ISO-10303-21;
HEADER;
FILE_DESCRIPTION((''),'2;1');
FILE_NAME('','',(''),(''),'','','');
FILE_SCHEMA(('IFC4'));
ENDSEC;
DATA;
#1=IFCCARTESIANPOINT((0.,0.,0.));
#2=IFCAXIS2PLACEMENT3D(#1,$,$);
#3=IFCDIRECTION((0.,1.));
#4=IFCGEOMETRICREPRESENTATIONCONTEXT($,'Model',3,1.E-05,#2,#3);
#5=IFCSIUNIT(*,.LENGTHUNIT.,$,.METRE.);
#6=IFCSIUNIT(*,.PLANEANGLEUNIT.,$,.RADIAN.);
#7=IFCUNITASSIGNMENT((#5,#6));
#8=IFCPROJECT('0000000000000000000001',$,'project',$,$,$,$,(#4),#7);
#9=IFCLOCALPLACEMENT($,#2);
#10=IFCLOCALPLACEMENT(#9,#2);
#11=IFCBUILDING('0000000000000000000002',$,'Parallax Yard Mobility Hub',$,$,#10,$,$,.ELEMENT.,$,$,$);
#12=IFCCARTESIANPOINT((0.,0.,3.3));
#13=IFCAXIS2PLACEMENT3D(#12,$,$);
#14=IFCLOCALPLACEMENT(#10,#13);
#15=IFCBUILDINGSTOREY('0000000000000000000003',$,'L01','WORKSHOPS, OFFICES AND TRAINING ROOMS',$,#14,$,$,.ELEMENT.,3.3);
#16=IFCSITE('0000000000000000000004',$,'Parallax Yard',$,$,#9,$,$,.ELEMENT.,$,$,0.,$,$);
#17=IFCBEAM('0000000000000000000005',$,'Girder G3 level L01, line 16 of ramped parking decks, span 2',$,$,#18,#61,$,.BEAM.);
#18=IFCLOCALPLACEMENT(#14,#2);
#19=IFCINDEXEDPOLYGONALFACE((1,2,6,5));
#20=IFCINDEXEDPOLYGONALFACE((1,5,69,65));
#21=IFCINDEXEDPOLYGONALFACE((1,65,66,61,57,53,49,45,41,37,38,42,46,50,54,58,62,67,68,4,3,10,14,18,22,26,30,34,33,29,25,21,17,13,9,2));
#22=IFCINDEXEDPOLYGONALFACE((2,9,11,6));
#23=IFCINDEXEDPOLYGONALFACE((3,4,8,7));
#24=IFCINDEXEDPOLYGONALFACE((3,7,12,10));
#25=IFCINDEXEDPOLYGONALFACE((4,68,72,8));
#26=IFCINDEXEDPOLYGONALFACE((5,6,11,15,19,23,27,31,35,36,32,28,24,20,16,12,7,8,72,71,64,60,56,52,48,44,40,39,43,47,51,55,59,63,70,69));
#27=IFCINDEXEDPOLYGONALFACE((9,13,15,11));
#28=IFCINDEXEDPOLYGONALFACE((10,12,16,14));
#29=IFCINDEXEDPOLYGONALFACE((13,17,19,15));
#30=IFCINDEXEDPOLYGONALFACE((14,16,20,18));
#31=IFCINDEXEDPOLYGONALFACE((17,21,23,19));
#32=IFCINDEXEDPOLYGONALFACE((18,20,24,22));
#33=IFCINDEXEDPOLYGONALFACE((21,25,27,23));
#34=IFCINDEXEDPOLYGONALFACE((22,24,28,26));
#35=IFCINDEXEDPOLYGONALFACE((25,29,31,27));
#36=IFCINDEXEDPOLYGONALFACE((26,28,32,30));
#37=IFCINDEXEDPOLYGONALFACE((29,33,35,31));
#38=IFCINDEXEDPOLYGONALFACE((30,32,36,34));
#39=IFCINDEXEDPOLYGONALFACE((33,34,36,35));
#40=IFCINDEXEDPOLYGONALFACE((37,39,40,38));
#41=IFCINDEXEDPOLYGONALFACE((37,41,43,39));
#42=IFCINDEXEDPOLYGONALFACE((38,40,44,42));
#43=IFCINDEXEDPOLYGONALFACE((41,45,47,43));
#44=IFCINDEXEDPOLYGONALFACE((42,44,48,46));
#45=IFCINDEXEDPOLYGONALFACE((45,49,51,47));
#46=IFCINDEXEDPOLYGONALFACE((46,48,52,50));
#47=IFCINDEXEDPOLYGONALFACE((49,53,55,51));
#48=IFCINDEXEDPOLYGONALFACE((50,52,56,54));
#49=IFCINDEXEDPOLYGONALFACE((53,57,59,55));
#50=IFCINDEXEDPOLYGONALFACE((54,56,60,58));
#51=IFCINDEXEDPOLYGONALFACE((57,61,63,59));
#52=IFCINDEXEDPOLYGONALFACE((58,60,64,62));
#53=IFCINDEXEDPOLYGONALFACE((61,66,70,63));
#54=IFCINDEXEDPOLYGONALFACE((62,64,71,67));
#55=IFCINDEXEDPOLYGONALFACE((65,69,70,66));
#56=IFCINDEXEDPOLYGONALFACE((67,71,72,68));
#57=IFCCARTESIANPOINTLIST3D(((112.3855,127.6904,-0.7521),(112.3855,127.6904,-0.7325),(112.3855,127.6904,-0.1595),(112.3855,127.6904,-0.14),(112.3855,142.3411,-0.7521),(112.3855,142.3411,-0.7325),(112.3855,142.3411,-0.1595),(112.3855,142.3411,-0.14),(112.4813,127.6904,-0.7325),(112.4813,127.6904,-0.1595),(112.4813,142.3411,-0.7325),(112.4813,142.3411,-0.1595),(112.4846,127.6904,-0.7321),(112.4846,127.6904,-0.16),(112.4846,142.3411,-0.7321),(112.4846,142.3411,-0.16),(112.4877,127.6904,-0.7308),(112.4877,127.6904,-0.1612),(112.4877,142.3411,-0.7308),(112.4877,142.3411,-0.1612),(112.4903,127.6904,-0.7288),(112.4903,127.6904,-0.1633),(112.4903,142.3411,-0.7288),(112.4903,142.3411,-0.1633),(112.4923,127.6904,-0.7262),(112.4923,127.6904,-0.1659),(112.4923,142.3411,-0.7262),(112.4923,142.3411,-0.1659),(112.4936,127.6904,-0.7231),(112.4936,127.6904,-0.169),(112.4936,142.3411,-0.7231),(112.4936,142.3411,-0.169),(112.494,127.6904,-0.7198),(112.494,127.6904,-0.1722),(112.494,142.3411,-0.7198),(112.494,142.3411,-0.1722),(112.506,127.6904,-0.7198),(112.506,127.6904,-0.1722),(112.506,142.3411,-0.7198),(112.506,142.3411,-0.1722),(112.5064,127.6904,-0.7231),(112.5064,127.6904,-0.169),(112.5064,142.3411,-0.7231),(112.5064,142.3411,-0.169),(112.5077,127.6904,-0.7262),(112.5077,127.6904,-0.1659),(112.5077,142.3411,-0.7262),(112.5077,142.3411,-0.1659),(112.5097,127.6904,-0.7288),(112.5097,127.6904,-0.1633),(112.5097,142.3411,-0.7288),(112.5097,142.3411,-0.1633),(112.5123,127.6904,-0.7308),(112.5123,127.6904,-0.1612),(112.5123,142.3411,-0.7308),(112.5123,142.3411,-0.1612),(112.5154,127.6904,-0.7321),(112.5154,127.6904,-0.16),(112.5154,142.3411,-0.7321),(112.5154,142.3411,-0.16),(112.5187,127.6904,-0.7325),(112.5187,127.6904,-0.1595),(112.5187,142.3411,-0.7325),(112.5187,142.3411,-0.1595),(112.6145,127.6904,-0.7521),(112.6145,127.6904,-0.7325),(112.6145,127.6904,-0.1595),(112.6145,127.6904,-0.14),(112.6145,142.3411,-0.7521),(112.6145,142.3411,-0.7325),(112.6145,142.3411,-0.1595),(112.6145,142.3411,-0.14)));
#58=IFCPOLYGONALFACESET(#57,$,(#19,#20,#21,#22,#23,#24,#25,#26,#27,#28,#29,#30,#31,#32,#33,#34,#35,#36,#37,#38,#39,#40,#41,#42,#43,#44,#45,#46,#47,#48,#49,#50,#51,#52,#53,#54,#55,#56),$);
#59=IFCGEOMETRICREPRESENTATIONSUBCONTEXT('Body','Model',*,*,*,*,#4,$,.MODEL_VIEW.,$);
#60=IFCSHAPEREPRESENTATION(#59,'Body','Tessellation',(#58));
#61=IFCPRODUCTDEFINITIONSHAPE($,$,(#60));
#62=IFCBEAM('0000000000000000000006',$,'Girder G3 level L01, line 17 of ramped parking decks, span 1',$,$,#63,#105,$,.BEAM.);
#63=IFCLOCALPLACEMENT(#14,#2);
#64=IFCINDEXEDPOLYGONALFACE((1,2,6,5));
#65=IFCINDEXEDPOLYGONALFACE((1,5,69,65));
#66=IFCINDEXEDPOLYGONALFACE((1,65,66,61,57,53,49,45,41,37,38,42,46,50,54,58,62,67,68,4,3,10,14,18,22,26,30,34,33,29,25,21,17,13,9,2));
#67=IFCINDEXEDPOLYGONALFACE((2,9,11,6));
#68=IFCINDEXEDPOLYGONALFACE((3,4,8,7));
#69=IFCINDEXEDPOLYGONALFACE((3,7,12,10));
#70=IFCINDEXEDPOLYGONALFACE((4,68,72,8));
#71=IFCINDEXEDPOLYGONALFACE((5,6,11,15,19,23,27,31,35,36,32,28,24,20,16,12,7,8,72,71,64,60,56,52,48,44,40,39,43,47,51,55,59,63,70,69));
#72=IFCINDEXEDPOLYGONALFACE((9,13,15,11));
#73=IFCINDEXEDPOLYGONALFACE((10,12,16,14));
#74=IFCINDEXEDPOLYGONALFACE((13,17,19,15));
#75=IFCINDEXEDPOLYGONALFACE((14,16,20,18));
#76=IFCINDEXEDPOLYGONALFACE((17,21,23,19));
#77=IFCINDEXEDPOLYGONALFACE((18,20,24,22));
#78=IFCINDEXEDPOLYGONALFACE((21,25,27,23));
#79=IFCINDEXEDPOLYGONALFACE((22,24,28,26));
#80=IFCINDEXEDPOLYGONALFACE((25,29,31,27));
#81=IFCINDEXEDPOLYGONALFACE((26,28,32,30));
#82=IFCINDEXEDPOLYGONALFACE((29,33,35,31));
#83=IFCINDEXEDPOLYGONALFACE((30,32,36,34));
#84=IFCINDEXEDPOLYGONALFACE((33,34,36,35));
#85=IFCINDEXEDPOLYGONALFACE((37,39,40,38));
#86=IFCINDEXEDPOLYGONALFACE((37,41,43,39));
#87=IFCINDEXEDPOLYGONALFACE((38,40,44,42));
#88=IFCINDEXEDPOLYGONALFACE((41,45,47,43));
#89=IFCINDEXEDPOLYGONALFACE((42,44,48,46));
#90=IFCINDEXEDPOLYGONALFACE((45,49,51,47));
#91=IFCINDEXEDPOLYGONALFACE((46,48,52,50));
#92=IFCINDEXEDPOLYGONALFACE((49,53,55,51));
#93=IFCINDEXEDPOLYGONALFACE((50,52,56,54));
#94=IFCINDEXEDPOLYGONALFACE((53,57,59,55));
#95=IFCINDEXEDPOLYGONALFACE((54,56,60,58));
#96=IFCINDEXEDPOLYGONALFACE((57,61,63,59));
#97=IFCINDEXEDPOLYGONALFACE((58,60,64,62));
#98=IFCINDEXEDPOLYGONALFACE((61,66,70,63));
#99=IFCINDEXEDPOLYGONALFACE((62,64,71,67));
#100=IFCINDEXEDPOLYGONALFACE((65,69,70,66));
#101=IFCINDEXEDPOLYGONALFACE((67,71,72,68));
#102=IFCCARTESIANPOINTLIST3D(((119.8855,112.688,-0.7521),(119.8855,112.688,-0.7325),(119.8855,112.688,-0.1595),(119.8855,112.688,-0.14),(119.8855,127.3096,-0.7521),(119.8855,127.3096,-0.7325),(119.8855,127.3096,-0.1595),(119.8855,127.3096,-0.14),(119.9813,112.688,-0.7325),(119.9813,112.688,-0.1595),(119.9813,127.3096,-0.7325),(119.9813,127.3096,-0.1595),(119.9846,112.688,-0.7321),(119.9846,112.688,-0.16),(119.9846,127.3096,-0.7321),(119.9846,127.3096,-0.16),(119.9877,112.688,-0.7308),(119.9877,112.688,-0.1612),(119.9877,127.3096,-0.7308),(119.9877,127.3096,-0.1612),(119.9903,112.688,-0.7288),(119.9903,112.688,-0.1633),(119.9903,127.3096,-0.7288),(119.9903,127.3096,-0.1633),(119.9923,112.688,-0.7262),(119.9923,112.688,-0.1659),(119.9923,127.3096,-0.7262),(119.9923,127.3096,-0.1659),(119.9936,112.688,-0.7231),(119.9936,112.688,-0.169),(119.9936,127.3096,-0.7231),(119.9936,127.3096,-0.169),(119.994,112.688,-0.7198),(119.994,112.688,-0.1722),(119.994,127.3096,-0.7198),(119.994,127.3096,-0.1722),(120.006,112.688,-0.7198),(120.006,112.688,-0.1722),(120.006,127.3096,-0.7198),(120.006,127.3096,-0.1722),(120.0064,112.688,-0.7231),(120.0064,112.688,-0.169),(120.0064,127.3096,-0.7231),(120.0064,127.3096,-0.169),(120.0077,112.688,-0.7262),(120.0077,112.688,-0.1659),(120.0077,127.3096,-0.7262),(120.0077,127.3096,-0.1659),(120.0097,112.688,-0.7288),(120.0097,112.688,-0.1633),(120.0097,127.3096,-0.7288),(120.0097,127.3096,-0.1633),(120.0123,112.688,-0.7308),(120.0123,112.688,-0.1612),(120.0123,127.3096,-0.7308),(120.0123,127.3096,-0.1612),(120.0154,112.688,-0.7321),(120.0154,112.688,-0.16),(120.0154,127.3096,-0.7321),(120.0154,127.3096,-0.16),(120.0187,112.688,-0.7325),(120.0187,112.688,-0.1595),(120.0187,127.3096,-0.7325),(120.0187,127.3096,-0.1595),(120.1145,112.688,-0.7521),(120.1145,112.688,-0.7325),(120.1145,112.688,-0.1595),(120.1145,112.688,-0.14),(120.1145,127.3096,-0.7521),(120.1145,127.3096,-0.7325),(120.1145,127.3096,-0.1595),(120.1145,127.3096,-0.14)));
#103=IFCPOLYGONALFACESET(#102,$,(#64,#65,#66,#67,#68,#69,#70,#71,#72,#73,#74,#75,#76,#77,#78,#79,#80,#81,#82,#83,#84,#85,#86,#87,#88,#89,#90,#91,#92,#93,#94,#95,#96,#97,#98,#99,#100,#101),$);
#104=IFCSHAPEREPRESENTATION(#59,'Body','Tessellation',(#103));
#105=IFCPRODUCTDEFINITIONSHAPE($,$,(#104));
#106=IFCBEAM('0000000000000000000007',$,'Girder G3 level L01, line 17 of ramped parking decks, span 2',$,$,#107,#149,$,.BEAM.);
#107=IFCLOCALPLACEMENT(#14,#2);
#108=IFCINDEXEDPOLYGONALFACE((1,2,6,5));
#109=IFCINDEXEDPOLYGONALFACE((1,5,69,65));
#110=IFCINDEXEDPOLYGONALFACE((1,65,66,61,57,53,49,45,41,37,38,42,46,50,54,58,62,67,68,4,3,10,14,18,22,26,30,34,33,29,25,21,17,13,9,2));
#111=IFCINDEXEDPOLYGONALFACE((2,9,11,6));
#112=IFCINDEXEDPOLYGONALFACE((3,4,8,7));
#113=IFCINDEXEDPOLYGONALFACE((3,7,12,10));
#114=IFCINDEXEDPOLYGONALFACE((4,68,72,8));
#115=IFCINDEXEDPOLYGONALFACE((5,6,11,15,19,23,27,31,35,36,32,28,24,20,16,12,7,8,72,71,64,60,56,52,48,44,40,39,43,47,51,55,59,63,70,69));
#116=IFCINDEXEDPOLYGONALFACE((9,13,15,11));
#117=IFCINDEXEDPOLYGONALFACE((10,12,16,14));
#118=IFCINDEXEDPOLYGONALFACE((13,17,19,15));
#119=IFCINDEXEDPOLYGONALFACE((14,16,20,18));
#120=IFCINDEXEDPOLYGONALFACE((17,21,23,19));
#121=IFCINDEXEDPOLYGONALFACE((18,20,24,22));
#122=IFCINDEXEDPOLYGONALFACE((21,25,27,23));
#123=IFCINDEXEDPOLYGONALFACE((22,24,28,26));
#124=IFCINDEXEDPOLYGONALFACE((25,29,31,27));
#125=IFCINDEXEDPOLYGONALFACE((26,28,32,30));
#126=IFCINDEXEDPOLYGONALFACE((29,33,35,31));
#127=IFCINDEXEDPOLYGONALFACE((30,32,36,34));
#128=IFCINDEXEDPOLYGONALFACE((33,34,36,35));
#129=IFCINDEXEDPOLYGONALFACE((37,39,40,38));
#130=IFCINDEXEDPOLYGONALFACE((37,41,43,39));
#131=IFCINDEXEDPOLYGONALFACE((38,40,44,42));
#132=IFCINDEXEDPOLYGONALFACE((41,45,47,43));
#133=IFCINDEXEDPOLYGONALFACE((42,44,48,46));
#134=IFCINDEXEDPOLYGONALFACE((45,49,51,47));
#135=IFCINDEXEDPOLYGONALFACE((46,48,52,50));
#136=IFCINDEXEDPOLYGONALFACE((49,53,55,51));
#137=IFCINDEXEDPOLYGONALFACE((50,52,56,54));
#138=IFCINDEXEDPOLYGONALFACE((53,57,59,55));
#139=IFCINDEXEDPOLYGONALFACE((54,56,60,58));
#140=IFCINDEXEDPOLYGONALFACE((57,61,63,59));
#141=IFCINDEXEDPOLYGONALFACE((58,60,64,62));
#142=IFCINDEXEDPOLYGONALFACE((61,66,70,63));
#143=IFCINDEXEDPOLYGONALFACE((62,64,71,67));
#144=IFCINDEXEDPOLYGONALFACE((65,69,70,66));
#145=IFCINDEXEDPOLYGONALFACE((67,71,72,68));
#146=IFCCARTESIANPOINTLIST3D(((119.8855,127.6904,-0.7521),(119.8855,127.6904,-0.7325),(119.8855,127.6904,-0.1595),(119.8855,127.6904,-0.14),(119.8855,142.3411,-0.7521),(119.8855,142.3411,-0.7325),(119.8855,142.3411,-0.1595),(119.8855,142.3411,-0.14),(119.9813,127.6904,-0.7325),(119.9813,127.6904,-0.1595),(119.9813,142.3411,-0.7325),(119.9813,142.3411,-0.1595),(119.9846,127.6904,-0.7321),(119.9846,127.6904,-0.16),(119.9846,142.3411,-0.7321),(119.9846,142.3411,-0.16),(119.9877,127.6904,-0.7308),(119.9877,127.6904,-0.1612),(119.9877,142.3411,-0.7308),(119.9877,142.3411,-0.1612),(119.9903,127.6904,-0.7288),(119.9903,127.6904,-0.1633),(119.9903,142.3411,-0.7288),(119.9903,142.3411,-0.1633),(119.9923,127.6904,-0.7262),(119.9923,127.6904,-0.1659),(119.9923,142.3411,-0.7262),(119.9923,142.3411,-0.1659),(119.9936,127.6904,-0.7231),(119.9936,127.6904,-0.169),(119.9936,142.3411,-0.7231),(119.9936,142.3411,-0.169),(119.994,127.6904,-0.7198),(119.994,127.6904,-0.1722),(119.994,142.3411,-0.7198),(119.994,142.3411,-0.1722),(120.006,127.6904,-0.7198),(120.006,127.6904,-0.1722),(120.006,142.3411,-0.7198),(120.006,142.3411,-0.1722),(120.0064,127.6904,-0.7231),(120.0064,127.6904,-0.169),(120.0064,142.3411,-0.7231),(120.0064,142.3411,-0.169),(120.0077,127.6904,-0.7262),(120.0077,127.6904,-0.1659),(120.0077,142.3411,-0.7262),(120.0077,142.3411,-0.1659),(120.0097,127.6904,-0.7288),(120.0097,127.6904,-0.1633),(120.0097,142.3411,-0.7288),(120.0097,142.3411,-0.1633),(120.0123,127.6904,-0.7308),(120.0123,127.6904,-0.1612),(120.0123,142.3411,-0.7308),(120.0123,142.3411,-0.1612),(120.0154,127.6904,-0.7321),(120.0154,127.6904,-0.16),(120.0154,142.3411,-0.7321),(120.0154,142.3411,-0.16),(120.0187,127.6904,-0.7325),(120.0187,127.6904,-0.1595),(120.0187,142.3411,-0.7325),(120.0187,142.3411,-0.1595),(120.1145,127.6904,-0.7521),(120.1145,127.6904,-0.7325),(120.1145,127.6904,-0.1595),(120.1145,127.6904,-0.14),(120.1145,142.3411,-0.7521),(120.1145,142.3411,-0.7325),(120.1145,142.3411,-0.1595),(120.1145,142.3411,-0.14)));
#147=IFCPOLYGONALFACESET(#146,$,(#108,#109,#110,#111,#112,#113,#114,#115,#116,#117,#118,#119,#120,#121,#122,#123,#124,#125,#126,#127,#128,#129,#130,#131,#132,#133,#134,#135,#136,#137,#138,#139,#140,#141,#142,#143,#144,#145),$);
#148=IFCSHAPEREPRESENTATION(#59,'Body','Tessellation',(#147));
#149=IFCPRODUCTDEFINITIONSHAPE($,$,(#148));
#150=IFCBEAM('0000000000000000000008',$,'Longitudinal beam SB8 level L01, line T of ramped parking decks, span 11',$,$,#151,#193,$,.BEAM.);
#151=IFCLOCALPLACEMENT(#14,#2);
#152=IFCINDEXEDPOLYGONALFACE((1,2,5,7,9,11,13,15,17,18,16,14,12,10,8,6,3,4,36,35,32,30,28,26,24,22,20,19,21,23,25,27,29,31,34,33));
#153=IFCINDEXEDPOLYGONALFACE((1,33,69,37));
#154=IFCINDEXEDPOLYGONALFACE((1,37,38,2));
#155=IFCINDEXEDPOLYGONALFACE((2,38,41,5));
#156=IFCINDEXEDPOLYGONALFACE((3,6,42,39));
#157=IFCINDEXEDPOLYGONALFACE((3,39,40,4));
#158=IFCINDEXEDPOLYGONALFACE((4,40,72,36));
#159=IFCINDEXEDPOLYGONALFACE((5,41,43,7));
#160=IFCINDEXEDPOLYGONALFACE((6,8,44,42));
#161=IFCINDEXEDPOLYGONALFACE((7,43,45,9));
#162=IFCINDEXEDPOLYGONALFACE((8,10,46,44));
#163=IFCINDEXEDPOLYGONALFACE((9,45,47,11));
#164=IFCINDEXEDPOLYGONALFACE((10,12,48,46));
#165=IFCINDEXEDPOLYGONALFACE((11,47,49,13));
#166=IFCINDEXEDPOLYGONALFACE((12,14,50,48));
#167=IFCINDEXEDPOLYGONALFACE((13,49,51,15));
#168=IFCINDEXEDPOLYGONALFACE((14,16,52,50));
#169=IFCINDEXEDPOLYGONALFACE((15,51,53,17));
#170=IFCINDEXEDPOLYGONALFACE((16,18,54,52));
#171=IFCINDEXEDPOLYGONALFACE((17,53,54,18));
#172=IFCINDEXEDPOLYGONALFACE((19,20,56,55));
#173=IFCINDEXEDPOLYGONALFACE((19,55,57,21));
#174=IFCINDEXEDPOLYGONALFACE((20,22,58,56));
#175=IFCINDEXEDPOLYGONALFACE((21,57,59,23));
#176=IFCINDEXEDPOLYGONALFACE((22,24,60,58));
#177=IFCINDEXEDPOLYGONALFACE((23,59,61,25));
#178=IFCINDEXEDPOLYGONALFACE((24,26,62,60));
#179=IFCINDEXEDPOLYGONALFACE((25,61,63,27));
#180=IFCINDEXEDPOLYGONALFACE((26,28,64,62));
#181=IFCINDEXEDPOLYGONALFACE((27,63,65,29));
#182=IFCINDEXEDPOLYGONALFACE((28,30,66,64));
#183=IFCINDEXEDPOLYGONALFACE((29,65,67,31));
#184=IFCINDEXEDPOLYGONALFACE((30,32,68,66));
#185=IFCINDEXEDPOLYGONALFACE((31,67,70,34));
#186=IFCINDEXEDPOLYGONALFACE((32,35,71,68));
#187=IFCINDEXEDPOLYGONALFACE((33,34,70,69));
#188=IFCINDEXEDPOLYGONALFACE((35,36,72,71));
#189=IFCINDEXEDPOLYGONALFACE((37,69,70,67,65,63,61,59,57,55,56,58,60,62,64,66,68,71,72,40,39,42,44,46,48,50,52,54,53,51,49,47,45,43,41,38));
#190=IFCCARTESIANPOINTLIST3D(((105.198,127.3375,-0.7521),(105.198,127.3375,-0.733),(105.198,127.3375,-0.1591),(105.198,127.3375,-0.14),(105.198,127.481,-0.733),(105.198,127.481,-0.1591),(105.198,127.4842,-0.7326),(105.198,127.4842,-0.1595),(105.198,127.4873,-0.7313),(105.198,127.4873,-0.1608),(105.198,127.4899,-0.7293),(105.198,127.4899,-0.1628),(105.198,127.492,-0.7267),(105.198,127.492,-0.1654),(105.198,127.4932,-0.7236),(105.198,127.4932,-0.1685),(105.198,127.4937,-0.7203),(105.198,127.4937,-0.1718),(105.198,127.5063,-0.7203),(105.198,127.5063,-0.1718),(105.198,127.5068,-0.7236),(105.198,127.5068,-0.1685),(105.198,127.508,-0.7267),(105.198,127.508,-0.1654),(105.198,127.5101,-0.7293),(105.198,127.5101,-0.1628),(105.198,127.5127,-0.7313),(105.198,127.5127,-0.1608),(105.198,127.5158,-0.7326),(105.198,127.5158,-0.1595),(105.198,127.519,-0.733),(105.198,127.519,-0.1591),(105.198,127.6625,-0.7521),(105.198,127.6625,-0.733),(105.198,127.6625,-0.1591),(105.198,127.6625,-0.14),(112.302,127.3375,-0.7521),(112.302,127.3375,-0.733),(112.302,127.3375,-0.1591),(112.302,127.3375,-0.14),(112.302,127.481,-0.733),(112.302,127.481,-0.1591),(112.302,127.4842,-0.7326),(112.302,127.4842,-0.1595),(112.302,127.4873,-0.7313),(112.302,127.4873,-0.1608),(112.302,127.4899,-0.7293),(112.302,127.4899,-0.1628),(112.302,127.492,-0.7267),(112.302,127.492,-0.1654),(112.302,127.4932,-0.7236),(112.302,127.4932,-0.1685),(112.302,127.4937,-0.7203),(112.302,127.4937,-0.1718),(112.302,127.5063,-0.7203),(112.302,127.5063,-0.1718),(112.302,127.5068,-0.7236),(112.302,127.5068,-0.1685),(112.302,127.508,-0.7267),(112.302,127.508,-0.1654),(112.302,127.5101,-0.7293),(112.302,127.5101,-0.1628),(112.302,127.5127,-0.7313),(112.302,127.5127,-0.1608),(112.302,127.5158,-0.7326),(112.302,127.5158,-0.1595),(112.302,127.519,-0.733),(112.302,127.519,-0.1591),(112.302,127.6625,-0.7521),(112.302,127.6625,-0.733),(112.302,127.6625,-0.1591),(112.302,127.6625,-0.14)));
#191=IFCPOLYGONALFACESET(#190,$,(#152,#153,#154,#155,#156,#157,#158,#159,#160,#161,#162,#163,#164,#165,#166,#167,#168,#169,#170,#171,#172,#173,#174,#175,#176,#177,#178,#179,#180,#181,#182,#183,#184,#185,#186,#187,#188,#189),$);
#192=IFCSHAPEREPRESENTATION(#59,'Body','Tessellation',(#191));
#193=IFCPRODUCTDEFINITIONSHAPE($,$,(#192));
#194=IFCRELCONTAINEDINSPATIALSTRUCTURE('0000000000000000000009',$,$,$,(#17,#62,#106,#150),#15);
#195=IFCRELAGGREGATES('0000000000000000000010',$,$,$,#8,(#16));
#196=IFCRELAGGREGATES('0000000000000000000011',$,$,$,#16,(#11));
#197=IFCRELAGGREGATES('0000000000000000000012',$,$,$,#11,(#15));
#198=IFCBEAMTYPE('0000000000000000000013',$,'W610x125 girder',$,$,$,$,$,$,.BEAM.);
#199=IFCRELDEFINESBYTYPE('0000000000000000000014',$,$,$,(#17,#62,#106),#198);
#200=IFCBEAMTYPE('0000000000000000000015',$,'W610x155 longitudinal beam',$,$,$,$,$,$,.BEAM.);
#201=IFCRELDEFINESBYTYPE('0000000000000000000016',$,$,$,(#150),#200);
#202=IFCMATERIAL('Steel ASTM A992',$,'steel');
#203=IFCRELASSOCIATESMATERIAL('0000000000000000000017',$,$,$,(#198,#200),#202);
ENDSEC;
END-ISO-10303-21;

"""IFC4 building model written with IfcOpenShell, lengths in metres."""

from ifc_helpers import new_model, si_unit, direction, frame, origin, origin_2d, place, context, subcontext, project, spatial, i_section, extrude, material, material_profile, profile_set, type_object, element, save


model = new_model("IFC4")

# Units and contexts
model_context = context("Model", 3, precision=1e-05, world=origin(), true_north=direction((0.0, 1.0)))
body_context = subcontext(model_context, "Body", "Model", "MODEL_VIEW")
ifc_project = project(units=[si_unit("LENGTHUNIT", "METRE"), si_unit("PLANEANGLEUNIT", "RADIAN")], contexts=[model_context])

# Site, building, storey
site_placement = place(None, origin())
site = spatial("IfcSite", under=ifc_project, at=site_placement, Name="Parallax Yard", CompositionType="ELEMENT", RefElevation=0.0)
building_placement = place(site_placement, origin())
building = spatial("IfcBuilding", under=site, at=building_placement, Name="Parallax Yard Mobility Hub", CompositionType="ELEMENT")
storey_placement = place(building_placement, frame((0.0, 0.0, 3.3)))
storey = spatial("IfcBuildingStorey", under=building, at=storey_placement, Name="L01", Description="WORKSHOPS, OFFICES AND TRAINING ROOMS", CompositionType="ELEMENT", Elevation=3.3)

# Shared definitions
ifc_material_1 = material(Name="Steel ASTM A992", Category="steel")

# Beams
ifc_material_profile_1 = material_profile(ifc_material_1, i_section(OverallWidth=0.229, OverallDepth=0.6121, WebThickness=0.012, FlangeThickness=0.0195, FilletRadius=0.0127, at=origin_2d()), Name="W610x125")
ifc_profile_set_1 = profile_set([ifc_material_profile_1], Name="Steel ASTM A992")
beam_type_1 = type_object("IfcBeamType", Name="W610x125 girder", PredefinedType="BEAM", material=ifc_profile_set_1)
for number, where, z_axis, x_axis, name in (
    (1, (112.5, 127.6904, -0.446), (0.0, 1.0, 0.0), (-1.0, 0.0, 0.0), "Girder G3 level L01, line 16 of ramped parking decks, span 2"),
):
    element("IfcBeam", number, at=place(storey_placement, frame(where, z_axis=z_axis, x_axis=x_axis)), inside=storey, type_object=beam_type_1, Name=name, PredefinedType="BEAM", context=body_context, shape_type="SweptSolid", body=[
        extrude(i_section(OverallWidth=0.229, OverallDepth=0.6121, WebThickness=0.012, FlangeThickness=0.0195, FilletRadius=0.0127, at=origin_2d()), origin(), (0.0, 0.0, 1.0), 14.6506),
    ])
beam_1_placement = place(storey_placement, frame((120.0, 112.688, -0.446), z_axis=(0.0, 1.0, 0.0), x_axis=(-1.0, 0.0, 0.0)))
element("IfcBeam", 2, at=beam_1_placement, inside=storey, type_object=beam_type_1, Name="Girder G3 level L01, line 17 of ramped parking decks, span 1", PredefinedType="BEAM", context=body_context, shape_type="SweptSolid", body=[
    extrude(i_section(OverallWidth=0.229, OverallDepth=0.6121, WebThickness=0.012, FlangeThickness=0.0195, FilletRadius=0.0127, at=origin_2d()), origin(), (0.0, 0.0, 1.0), 14.6216),
])
beam_2_placement = place(storey_placement, frame((120.0, 127.6904, -0.446), z_axis=(0.0, 1.0, 0.0), x_axis=(-1.0, 0.0, 0.0)))
element("IfcBeam", 3, at=beam_2_placement, inside=storey, type_object=beam_type_1, Name="Girder G3 level L01, line 17 of ramped parking decks, span 2", PredefinedType="BEAM", context=body_context, shape_type="SweptSolid", body=[
    extrude(i_section(OverallWidth=0.229, OverallDepth=0.6121, WebThickness=0.012, FlangeThickness=0.0195, FilletRadius=0.0127, at=origin_2d()), origin(), (0.0, 0.0, 1.0), 14.6506),
])
ifc_material_profile_2 = material_profile(ifc_material_1, i_section(OverallWidth=0.325, OverallDepth=0.6121, WebThickness=0.0127, FlangeThickness=0.019, FilletRadius=0.0127, at=origin_2d()), Name="W610x155")
ifc_profile_set_2 = profile_set([ifc_material_profile_2], Name="Steel ASTM A992")
beam_type_2 = type_object("IfcBeamType", Name="W610x155 longitudinal beam", PredefinedType="BEAM", material=ifc_profile_set_2)
for number, where, z_axis, x_axis, name in (
    (4, (105.198, 127.5, -0.446), (1.0, 0.0, 0.0), (0.0, 1.0, 0.0), "Longitudinal beam SB8 level L01, line T of ramped parking decks, span 11"),
):
    element("IfcBeam", number, at=place(storey_placement, frame(where, z_axis=z_axis, x_axis=x_axis)), inside=storey, type_object=beam_type_2, Name=name, PredefinedType="BEAM", context=body_context, shape_type="SweptSolid", body=[
        extrude(i_section(OverallWidth=0.325, OverallDepth=0.6121, WebThickness=0.0127, FlangeThickness=0.019, FilletRadius=0.0127, at=origin_2d()), origin(), (0.0, 0.0, 1.0), 7.104),
    ])

save(model, "model.ifc")
